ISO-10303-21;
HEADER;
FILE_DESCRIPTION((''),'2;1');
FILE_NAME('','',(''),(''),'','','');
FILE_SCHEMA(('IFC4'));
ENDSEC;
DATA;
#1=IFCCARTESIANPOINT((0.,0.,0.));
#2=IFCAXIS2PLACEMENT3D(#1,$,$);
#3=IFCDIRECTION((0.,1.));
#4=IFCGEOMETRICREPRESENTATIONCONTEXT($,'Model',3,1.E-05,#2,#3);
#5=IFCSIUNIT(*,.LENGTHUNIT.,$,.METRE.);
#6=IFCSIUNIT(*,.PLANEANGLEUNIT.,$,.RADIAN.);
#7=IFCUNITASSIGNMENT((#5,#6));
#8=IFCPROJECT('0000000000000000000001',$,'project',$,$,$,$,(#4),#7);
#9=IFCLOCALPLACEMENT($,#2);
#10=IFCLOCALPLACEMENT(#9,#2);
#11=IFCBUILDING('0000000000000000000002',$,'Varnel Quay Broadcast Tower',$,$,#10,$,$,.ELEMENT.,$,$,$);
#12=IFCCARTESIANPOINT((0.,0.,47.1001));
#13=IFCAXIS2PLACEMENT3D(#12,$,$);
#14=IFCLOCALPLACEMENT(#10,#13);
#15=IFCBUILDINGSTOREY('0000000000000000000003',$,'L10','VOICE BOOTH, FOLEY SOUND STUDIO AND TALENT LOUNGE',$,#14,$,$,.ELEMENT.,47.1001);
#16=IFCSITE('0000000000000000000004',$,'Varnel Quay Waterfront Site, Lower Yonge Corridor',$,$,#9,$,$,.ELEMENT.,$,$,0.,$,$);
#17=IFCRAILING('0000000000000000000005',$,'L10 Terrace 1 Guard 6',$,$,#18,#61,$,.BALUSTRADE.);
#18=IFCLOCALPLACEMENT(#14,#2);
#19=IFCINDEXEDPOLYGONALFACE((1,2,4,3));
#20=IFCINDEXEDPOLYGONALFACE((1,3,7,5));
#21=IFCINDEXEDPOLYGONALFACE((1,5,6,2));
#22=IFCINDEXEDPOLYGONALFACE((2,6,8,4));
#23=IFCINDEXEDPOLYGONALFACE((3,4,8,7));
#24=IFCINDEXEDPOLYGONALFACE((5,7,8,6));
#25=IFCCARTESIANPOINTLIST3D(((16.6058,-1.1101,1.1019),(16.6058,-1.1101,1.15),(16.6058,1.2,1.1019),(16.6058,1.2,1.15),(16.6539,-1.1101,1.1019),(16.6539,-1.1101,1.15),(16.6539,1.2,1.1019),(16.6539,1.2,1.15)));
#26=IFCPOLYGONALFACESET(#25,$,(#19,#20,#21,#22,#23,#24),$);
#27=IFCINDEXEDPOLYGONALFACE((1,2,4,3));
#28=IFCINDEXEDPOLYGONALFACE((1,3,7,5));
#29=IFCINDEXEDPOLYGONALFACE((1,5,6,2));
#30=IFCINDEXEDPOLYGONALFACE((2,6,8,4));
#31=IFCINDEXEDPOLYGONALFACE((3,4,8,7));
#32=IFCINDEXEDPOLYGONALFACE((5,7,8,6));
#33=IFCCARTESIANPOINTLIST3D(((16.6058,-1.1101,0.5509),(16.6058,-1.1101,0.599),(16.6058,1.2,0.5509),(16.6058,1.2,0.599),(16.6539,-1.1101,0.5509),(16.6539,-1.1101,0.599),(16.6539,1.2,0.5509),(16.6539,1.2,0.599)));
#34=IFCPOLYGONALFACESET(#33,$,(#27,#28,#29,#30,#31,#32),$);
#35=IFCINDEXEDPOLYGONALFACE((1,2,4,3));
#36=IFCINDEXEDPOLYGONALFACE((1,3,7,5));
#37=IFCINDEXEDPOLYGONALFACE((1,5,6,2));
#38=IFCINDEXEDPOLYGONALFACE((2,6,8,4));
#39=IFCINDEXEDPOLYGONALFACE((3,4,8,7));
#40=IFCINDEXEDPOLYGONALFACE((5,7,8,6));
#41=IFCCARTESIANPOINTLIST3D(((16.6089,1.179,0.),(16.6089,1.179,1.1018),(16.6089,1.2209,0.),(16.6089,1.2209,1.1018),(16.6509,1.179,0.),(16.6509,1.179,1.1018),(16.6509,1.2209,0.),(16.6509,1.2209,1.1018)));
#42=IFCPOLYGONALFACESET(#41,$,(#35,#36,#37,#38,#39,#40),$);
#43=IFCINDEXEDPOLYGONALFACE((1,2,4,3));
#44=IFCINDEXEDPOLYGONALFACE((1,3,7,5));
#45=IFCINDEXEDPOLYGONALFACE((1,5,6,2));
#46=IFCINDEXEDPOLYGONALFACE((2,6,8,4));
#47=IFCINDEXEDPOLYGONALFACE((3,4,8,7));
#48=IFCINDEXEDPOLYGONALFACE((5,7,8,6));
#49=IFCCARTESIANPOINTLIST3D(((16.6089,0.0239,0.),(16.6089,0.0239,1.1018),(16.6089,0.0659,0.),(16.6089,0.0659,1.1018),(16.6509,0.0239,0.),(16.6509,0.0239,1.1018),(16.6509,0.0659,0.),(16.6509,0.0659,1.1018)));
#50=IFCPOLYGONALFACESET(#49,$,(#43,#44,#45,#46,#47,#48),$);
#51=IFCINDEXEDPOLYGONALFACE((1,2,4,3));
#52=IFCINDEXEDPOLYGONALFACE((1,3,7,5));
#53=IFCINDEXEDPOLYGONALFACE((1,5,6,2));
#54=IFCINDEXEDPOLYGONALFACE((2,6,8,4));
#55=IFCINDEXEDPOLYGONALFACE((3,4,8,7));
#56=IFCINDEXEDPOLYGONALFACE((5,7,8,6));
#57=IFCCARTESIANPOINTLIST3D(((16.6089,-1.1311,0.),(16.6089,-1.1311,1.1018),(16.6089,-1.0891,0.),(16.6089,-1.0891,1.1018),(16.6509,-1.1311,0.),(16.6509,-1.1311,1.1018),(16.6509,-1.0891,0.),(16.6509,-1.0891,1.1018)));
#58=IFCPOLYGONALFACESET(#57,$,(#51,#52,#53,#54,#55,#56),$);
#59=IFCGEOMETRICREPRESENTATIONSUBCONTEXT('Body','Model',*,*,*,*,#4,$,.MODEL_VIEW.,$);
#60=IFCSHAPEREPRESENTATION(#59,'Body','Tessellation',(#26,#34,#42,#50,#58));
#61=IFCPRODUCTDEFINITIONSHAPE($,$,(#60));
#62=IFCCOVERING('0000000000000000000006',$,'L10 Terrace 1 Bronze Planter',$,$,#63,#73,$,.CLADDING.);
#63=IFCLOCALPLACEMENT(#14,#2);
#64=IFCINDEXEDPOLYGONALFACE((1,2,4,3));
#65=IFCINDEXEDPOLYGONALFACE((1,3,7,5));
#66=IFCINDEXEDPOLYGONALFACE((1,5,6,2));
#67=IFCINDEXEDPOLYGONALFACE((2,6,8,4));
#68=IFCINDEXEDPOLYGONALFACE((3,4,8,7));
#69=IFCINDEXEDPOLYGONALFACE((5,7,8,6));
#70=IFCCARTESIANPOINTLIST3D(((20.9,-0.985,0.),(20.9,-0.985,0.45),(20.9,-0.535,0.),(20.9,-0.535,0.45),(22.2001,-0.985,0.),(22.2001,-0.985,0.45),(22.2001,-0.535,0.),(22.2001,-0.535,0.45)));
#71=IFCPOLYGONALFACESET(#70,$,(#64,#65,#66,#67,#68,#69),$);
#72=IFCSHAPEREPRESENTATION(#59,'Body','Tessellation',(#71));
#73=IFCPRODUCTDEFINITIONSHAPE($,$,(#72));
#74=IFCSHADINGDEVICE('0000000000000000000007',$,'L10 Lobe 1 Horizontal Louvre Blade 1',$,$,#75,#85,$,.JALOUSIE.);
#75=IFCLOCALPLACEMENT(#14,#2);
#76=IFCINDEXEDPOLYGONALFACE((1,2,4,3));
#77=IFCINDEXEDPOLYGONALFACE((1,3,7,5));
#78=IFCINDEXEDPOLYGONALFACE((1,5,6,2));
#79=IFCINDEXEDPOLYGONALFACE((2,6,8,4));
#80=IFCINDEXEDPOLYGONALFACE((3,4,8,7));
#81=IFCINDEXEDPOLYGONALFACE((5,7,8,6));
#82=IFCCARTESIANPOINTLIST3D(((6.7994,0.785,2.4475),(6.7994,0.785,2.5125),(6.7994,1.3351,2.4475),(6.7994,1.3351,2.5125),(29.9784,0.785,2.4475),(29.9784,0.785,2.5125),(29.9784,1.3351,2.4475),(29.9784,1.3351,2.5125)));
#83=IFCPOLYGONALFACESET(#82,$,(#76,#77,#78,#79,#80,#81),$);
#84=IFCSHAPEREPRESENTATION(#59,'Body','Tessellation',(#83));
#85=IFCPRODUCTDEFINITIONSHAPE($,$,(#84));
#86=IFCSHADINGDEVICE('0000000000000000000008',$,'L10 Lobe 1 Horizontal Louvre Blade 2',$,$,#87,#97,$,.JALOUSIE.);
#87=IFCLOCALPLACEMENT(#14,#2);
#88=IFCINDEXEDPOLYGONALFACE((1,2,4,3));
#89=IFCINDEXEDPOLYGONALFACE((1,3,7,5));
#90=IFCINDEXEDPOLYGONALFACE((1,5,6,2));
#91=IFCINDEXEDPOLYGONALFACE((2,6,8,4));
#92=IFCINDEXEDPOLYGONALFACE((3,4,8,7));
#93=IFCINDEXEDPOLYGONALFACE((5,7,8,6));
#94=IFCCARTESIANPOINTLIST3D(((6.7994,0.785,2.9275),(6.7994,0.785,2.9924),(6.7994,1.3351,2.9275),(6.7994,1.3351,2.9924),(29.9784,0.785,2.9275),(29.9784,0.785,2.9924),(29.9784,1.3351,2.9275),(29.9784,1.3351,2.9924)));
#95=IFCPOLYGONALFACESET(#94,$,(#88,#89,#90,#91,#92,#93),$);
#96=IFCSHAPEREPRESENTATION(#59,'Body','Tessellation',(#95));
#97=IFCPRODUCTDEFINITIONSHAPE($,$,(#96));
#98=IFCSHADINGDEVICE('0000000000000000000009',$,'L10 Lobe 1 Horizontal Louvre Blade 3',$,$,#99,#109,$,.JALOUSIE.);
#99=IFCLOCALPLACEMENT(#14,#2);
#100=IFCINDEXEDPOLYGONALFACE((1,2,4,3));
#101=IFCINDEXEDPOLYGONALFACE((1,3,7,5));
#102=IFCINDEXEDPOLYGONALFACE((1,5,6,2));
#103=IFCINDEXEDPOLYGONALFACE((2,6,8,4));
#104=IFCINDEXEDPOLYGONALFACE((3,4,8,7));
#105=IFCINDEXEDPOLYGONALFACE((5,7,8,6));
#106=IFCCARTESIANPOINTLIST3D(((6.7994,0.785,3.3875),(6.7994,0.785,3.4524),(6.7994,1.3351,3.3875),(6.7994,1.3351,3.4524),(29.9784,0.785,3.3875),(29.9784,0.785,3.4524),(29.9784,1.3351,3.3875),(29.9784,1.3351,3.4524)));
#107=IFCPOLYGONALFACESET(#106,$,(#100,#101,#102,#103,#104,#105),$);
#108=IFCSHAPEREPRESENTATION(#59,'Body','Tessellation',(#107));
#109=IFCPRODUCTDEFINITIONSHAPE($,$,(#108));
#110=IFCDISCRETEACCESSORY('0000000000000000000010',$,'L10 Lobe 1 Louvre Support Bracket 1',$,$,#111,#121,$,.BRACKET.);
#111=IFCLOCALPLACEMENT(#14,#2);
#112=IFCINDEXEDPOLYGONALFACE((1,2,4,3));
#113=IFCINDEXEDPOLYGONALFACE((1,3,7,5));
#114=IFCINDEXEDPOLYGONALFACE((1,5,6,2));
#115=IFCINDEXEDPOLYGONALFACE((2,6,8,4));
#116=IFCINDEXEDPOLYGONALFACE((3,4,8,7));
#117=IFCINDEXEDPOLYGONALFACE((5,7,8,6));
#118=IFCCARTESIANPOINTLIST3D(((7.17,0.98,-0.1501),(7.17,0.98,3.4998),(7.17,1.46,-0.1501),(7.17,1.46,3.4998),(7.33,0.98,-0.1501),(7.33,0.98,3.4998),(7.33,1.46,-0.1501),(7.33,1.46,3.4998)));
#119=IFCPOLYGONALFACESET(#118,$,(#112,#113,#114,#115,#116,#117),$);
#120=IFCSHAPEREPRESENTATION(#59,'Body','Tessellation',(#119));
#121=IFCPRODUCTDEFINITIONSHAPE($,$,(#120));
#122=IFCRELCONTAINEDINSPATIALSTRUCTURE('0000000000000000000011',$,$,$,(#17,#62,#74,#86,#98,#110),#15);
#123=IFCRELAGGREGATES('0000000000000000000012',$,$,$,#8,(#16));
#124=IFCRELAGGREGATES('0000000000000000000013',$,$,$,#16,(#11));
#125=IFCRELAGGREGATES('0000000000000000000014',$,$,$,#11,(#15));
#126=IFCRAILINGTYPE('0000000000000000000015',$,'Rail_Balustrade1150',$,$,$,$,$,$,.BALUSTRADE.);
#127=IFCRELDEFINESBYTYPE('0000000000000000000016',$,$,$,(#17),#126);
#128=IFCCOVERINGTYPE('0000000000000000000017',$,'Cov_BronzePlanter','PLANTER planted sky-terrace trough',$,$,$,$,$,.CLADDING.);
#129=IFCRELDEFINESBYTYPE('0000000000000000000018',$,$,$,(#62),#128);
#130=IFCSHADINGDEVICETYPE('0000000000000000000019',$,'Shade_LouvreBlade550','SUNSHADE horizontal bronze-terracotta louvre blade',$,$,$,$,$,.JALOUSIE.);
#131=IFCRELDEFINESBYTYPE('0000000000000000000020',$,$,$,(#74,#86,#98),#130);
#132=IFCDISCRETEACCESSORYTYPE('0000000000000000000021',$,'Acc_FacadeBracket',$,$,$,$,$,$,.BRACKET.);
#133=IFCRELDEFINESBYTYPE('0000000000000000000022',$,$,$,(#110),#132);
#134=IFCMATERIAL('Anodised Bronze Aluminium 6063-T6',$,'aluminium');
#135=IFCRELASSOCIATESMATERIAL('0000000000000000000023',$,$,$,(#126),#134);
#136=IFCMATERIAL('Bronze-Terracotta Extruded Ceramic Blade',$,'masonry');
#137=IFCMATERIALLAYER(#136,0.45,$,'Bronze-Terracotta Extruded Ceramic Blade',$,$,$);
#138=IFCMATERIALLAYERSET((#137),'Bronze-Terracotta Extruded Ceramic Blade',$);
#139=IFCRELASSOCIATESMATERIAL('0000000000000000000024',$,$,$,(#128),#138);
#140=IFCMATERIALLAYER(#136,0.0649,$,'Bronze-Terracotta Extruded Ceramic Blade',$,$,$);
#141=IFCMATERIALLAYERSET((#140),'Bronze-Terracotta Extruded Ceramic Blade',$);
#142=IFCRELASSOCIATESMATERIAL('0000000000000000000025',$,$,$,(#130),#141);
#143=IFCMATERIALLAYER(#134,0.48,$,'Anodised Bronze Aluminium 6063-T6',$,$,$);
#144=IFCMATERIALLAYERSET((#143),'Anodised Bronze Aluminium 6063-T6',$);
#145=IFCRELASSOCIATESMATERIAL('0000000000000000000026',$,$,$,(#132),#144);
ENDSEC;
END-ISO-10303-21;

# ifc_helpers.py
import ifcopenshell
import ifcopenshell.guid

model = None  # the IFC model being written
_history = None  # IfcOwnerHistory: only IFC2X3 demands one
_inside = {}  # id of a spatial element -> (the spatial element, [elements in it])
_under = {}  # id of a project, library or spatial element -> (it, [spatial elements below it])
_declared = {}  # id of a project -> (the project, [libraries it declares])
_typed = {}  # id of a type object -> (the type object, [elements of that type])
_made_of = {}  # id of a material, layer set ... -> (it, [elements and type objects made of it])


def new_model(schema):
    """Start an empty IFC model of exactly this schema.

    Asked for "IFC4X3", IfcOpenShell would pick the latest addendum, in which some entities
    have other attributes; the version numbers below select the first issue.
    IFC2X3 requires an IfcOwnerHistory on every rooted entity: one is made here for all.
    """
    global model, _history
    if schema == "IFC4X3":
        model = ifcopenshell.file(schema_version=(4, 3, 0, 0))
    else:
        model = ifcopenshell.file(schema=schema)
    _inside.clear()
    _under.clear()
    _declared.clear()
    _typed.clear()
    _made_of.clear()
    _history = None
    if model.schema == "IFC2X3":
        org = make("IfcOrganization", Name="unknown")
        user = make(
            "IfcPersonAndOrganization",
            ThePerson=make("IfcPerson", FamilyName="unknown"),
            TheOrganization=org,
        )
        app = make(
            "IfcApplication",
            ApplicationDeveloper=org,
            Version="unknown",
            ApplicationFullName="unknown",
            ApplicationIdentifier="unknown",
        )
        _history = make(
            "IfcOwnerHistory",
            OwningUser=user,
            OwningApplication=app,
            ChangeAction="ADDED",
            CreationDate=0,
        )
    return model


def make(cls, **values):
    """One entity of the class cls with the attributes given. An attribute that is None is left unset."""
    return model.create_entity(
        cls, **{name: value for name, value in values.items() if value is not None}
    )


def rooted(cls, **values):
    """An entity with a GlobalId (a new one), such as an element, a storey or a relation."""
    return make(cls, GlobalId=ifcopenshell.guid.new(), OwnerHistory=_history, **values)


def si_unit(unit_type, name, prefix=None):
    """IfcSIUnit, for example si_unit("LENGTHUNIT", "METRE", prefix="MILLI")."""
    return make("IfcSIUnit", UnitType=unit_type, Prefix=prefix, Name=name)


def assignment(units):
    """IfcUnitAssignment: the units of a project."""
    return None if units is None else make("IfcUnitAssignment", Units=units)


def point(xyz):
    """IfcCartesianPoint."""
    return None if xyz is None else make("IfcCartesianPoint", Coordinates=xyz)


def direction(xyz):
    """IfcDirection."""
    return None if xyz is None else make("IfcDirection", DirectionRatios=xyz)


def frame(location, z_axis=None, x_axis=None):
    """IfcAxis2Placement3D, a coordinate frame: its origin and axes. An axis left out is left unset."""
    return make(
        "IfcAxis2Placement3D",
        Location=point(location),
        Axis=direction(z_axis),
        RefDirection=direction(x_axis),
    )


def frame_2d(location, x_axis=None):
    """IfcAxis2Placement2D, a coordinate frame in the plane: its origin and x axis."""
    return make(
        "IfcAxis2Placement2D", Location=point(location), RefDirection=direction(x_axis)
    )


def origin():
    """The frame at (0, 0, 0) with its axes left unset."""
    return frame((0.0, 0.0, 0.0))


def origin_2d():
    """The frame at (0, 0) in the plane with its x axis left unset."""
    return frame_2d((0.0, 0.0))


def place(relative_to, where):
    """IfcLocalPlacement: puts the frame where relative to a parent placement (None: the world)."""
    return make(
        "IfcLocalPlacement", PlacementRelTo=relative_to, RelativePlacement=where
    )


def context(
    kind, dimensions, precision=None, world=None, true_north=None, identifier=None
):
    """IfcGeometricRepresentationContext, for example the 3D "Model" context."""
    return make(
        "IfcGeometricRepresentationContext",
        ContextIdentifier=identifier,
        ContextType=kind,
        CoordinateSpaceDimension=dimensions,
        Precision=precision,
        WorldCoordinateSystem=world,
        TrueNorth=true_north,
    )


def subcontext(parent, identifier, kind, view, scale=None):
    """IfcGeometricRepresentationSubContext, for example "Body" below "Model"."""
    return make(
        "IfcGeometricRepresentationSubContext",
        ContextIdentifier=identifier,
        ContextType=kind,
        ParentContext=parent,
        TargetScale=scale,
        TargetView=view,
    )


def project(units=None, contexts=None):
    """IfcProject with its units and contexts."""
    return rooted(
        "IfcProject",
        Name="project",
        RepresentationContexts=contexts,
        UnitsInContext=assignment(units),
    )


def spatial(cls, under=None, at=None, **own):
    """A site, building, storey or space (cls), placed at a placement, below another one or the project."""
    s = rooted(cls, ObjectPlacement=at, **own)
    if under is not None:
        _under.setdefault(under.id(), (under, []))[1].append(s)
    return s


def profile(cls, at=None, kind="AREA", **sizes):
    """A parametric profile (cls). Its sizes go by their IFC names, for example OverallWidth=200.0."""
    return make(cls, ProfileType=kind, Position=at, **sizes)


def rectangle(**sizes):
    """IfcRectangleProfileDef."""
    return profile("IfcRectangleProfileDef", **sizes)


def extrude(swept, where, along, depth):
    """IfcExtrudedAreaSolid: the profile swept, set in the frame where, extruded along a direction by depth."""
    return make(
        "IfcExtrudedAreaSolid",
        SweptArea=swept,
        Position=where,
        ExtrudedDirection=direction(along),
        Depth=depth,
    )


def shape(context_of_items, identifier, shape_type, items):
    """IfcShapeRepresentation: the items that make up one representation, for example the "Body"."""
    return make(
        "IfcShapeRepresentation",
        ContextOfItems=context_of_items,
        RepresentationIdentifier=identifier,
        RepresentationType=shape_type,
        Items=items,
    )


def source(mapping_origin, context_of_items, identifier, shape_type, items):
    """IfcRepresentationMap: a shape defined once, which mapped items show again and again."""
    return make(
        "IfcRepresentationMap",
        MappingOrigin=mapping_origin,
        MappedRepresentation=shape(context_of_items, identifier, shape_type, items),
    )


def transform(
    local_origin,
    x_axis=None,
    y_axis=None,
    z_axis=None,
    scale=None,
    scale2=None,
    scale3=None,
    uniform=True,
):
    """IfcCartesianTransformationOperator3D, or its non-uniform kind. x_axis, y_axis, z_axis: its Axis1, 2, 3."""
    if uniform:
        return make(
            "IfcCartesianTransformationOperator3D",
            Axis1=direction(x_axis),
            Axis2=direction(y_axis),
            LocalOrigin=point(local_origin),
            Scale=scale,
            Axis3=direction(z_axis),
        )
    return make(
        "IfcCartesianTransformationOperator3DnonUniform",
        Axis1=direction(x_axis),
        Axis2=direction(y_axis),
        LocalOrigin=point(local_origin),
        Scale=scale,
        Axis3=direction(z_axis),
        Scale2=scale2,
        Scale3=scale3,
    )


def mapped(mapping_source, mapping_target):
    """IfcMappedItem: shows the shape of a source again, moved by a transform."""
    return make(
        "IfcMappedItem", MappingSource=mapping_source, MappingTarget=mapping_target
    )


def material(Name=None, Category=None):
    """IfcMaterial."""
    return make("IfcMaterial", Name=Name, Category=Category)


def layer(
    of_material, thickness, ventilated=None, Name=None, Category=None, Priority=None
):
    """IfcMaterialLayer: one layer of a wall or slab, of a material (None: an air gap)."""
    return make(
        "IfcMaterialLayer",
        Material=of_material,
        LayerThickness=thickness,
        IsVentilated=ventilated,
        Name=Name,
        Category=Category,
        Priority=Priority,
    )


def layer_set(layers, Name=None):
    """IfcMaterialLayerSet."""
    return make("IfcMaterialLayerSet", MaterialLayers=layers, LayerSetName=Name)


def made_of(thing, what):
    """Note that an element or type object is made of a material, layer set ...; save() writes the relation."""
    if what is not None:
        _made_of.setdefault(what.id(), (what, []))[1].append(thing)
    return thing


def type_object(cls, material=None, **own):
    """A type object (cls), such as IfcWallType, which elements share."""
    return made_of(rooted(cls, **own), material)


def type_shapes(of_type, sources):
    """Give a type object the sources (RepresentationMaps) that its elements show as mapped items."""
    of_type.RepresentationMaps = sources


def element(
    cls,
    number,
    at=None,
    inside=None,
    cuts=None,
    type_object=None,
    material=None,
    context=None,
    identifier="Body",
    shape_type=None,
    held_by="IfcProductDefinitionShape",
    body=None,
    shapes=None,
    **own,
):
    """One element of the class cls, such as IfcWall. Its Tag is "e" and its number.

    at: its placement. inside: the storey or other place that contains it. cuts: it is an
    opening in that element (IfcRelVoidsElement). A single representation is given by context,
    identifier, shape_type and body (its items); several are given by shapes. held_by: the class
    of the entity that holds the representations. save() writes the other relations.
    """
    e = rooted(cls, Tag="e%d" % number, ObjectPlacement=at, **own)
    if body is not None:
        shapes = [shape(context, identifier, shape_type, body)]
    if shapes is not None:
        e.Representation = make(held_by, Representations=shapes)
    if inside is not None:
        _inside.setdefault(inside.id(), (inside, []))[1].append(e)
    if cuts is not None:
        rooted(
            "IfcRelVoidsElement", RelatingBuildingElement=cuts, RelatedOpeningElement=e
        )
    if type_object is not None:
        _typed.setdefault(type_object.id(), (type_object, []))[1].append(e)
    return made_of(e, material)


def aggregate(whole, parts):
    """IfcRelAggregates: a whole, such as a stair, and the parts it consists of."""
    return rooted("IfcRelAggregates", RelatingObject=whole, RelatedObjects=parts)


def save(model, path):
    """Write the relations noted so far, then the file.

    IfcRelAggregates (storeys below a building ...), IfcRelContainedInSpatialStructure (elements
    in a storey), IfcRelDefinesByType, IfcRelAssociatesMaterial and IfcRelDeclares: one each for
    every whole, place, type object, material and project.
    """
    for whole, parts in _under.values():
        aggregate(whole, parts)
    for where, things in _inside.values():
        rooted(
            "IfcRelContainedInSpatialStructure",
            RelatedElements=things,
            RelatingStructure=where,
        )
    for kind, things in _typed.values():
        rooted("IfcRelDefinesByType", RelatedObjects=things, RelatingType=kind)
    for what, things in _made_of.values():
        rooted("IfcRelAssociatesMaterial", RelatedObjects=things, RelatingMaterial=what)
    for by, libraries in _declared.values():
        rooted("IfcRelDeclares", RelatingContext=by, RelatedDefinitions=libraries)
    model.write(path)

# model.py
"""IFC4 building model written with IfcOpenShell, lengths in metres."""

from ifc_helpers import new_model, si_unit, direction, frame, origin, origin_2d, place, context, subcontext, project, spatial, rectangle, extrude, source, transform, mapped, material, layer, layer_set, type_object, type_shapes, element, save


model = new_model("IFC4")

# Units and contexts
model_context = context("Model", 3, precision=1e-05, world=origin(), true_north=direction((0.0, 1.0)))
body_context = subcontext(model_context, "Body", "Model", "MODEL_VIEW")
ifc_project = project(units=[si_unit("LENGTHUNIT", "METRE"), si_unit("PLANEANGLEUNIT", "RADIAN")], contexts=[model_context])

# Site, building, storey
site_placement = place(None, origin())
site = spatial("IfcSite", under=ifc_project, at=site_placement, Name="Varnel Quay Waterfront Site, Lower Yonge Corridor", CompositionType="ELEMENT", RefElevation=0.0)
building_placement = place(site_placement, origin())
building = spatial("IfcBuilding", under=site, at=building_placement, Name="Varnel Quay Broadcast Tower", CompositionType="ELEMENT")
storey_placement = place(building_placement, frame((0.0, 0.0, 47.1001)))
storey = spatial("IfcBuildingStorey", under=building, at=storey_placement, Name="L10", Description="VOICE BOOTH, FOLEY SOUND STUDIO AND TALENT LOUNGE", CompositionType="ELEMENT", Elevation=47.1001)

# Shared definitions
ifc_material_1 = material(Name="Anodised Bronze Aluminium 6063-T6", Category="aluminium")

# Railing
railing_type = type_object("IfcRailingType", Name="Rail_Balustrade1150", PredefinedType="BALUSTRADE", material=ifc_material_1)
railing_1_placement = place(storey_placement, frame((16.6299, 1.2, 0.0)))
element("IfcRailing", 1, at=railing_1_placement, inside=storey, type_object=railing_type, Name="L10 Terrace 1 Guard 6", PredefinedType="BALUSTRADE", context=body_context, shape_type="SweptSolid", body=[
    extrude(rectangle(XDim=0.0481, YDim=0.0481, at=origin_2d()), frame((0.0, 0.0, 1.126), z_axis=(0.0, -1.0, 0.0), x_axis=(1.0, 0.0, 0.0)), (0.0, 0.0, 1.0), 2.3101),
    extrude(rectangle(XDim=0.0481, YDim=0.0481, at=origin_2d()), frame((0.0, 0.0, 0.575), z_axis=(0.0, -1.0, 0.0), x_axis=(1.0, 0.0, 0.0)), (0.0, 0.0, 1.0), 2.3101),
    extrude(rectangle(XDim=0.042, YDim=0.042, at=origin_2d()), origin(), (0.0, 0.0, 1.0), 1.1018),
    extrude(rectangle(XDim=0.042, YDim=0.042, at=origin_2d()), frame((0.0, -1.155, 0.0)), (0.0, 0.0, 1.0), 1.1018),
    extrude(rectangle(XDim=0.042, YDim=0.042, at=origin_2d()), frame((0.0, -2.3101, 0.0)), (0.0, 0.0, 1.0), 1.1018),
])

# Covering
ifc_material_2 = material(Name="Bronze-Terracotta Extruded Ceramic Blade", Category="masonry")
ifc_layer_1 = layer(ifc_material_2, 0.45, Name="Bronze-Terracotta Extruded Ceramic Blade")
ifc_layer_set_1 = layer_set([ifc_layer_1], Name="Bronze-Terracotta Extruded Ceramic Blade")
covering_type = type_object("IfcCoveringType", Name="Cov_BronzePlanter", Description="PLANTER planted sky-terrace trough", PredefinedType="CLADDING", material=ifc_layer_set_1)
shared_shape_1 = source(origin(), body_context, "Body", "SweptSolid", [
    extrude(rectangle(XDim=1.3, YDim=0.45, at=origin_2d()), origin(), (0.0, 0.0, 1.0), 0.45),
])
type_shapes(covering_type, [shared_shape_1])
covering_placement = place(storey_placement, frame((21.55, -0.76, 0.0), z_axis=(0.0, 0.0, 1.0), x_axis=(1.0, 0.0, 0.0)))
element("IfcCovering", 2, at=covering_placement, inside=storey, type_object=covering_type, Name="L10 Terrace 1 Bronze Planter", PredefinedType="CLADDING", context=body_context, shape_type="MappedRepresentation", body=[
    mapped(shared_shape_1, transform((0.0, 0.0, 0.0), x_axis=(1.0, 0.0, 0.0), y_axis=(0.0, 1.0, 0.0), z_axis=(0.0, 0.0, 1.0), scale=1.0)),
])

# Shading devices
ifc_layer_2 = layer(ifc_material_2, 0.0649, Name="Bronze-Terracotta Extruded Ceramic Blade")
ifc_layer_set_2 = layer_set([ifc_layer_2], Name="Bronze-Terracotta Extruded Ceramic Blade")
shading_device_type = type_object("IfcShadingDeviceType", Name="Shade_LouvreBlade550", Description="SUNSHADE horizontal bronze-terracotta louvre blade", PredefinedType="JALOUSIE", material=ifc_layer_set_2)
shared_shape_2 = source(origin(), body_context, "Body", "SweptSolid", [
    extrude(rectangle(XDim=23.179, YDim=0.55, at=origin_2d()), origin(), (0.0, 0.0, 1.0), 0.0649),
])
type_shapes(shading_device_type, [shared_shape_2])
for number, where, z_axis, x_axis, name in (
    (3, (18.3889, 1.0601, 2.4475), (0.0, 0.0, 1.0), (1.0, 0.0, 0.0), "L10 Lobe 1 Horizontal Louvre Blade 1"),
    (4, (18.3889, 1.0601, 2.9275), (0.0, 0.0, 1.0), (1.0, 0.0, 0.0), "L10 Lobe 1 Horizontal Louvre Blade 2"),
    (5, (18.3889, 1.0601, 3.3875), (0.0, 0.0, 1.0), (1.0, 0.0, 0.0), "L10 Lobe 1 Horizontal Louvre Blade 3"),
):
    element("IfcShadingDevice", number, at=place(storey_placement, frame(where, z_axis=z_axis, x_axis=x_axis)), inside=storey, type_object=shading_device_type, Name=name, PredefinedType="JALOUSIE", context=body_context, shape_type="MappedRepresentation", body=[
        mapped(shared_shape_2, transform((0.0, 0.0, 0.0), x_axis=(1.0, 0.0, 0.0), y_axis=(0.0, 1.0, 0.0), z_axis=(0.0, 0.0, 1.0), scale=1.0)),
    ])

# Discrete accessory
ifc_layer_3 = layer(ifc_material_1, 0.48, Name="Anodised Bronze Aluminium 6063-T6")
ifc_layer_set_3 = layer_set([ifc_layer_3], Name="Anodised Bronze Aluminium 6063-T6")
discrete_accessory_type = type_object("IfcDiscreteAccessoryType", Name="Acc_FacadeBracket", PredefinedType="BRACKET", material=ifc_layer_set_3)
shared_shape_3 = source(origin(), body_context, "Body", "SweptSolid", [
    extrude(rectangle(XDim=0.1599, YDim=0.48, at=origin_2d()), origin(), (0.0, 0.0, 1.0), 3.6499),
])
type_shapes(discrete_accessory_type, [shared_shape_3])
discrete_accessory_placement = place(storey_placement, frame((7.25, 1.22, -0.1501), z_axis=(0.0, 0.0, 1.0), x_axis=(1.0, 0.0, 0.0)))
element("IfcDiscreteAccessory", 6, at=discrete_accessory_placement, inside=storey, type_object=discrete_accessory_type, Name="L10 Lobe 1 Louvre Support Bracket 1", PredefinedType="BRACKET", context=body_context, shape_type="MappedRepresentation", body=[
    mapped(shared_shape_3, transform((0.0, 0.0, 0.0), x_axis=(1.0, 0.0, 0.0), y_axis=(0.0, 1.0, 0.0), z_axis=(0.0, 0.0, 1.0), scale=1.0)),
])

save(model, "model.ifc")
